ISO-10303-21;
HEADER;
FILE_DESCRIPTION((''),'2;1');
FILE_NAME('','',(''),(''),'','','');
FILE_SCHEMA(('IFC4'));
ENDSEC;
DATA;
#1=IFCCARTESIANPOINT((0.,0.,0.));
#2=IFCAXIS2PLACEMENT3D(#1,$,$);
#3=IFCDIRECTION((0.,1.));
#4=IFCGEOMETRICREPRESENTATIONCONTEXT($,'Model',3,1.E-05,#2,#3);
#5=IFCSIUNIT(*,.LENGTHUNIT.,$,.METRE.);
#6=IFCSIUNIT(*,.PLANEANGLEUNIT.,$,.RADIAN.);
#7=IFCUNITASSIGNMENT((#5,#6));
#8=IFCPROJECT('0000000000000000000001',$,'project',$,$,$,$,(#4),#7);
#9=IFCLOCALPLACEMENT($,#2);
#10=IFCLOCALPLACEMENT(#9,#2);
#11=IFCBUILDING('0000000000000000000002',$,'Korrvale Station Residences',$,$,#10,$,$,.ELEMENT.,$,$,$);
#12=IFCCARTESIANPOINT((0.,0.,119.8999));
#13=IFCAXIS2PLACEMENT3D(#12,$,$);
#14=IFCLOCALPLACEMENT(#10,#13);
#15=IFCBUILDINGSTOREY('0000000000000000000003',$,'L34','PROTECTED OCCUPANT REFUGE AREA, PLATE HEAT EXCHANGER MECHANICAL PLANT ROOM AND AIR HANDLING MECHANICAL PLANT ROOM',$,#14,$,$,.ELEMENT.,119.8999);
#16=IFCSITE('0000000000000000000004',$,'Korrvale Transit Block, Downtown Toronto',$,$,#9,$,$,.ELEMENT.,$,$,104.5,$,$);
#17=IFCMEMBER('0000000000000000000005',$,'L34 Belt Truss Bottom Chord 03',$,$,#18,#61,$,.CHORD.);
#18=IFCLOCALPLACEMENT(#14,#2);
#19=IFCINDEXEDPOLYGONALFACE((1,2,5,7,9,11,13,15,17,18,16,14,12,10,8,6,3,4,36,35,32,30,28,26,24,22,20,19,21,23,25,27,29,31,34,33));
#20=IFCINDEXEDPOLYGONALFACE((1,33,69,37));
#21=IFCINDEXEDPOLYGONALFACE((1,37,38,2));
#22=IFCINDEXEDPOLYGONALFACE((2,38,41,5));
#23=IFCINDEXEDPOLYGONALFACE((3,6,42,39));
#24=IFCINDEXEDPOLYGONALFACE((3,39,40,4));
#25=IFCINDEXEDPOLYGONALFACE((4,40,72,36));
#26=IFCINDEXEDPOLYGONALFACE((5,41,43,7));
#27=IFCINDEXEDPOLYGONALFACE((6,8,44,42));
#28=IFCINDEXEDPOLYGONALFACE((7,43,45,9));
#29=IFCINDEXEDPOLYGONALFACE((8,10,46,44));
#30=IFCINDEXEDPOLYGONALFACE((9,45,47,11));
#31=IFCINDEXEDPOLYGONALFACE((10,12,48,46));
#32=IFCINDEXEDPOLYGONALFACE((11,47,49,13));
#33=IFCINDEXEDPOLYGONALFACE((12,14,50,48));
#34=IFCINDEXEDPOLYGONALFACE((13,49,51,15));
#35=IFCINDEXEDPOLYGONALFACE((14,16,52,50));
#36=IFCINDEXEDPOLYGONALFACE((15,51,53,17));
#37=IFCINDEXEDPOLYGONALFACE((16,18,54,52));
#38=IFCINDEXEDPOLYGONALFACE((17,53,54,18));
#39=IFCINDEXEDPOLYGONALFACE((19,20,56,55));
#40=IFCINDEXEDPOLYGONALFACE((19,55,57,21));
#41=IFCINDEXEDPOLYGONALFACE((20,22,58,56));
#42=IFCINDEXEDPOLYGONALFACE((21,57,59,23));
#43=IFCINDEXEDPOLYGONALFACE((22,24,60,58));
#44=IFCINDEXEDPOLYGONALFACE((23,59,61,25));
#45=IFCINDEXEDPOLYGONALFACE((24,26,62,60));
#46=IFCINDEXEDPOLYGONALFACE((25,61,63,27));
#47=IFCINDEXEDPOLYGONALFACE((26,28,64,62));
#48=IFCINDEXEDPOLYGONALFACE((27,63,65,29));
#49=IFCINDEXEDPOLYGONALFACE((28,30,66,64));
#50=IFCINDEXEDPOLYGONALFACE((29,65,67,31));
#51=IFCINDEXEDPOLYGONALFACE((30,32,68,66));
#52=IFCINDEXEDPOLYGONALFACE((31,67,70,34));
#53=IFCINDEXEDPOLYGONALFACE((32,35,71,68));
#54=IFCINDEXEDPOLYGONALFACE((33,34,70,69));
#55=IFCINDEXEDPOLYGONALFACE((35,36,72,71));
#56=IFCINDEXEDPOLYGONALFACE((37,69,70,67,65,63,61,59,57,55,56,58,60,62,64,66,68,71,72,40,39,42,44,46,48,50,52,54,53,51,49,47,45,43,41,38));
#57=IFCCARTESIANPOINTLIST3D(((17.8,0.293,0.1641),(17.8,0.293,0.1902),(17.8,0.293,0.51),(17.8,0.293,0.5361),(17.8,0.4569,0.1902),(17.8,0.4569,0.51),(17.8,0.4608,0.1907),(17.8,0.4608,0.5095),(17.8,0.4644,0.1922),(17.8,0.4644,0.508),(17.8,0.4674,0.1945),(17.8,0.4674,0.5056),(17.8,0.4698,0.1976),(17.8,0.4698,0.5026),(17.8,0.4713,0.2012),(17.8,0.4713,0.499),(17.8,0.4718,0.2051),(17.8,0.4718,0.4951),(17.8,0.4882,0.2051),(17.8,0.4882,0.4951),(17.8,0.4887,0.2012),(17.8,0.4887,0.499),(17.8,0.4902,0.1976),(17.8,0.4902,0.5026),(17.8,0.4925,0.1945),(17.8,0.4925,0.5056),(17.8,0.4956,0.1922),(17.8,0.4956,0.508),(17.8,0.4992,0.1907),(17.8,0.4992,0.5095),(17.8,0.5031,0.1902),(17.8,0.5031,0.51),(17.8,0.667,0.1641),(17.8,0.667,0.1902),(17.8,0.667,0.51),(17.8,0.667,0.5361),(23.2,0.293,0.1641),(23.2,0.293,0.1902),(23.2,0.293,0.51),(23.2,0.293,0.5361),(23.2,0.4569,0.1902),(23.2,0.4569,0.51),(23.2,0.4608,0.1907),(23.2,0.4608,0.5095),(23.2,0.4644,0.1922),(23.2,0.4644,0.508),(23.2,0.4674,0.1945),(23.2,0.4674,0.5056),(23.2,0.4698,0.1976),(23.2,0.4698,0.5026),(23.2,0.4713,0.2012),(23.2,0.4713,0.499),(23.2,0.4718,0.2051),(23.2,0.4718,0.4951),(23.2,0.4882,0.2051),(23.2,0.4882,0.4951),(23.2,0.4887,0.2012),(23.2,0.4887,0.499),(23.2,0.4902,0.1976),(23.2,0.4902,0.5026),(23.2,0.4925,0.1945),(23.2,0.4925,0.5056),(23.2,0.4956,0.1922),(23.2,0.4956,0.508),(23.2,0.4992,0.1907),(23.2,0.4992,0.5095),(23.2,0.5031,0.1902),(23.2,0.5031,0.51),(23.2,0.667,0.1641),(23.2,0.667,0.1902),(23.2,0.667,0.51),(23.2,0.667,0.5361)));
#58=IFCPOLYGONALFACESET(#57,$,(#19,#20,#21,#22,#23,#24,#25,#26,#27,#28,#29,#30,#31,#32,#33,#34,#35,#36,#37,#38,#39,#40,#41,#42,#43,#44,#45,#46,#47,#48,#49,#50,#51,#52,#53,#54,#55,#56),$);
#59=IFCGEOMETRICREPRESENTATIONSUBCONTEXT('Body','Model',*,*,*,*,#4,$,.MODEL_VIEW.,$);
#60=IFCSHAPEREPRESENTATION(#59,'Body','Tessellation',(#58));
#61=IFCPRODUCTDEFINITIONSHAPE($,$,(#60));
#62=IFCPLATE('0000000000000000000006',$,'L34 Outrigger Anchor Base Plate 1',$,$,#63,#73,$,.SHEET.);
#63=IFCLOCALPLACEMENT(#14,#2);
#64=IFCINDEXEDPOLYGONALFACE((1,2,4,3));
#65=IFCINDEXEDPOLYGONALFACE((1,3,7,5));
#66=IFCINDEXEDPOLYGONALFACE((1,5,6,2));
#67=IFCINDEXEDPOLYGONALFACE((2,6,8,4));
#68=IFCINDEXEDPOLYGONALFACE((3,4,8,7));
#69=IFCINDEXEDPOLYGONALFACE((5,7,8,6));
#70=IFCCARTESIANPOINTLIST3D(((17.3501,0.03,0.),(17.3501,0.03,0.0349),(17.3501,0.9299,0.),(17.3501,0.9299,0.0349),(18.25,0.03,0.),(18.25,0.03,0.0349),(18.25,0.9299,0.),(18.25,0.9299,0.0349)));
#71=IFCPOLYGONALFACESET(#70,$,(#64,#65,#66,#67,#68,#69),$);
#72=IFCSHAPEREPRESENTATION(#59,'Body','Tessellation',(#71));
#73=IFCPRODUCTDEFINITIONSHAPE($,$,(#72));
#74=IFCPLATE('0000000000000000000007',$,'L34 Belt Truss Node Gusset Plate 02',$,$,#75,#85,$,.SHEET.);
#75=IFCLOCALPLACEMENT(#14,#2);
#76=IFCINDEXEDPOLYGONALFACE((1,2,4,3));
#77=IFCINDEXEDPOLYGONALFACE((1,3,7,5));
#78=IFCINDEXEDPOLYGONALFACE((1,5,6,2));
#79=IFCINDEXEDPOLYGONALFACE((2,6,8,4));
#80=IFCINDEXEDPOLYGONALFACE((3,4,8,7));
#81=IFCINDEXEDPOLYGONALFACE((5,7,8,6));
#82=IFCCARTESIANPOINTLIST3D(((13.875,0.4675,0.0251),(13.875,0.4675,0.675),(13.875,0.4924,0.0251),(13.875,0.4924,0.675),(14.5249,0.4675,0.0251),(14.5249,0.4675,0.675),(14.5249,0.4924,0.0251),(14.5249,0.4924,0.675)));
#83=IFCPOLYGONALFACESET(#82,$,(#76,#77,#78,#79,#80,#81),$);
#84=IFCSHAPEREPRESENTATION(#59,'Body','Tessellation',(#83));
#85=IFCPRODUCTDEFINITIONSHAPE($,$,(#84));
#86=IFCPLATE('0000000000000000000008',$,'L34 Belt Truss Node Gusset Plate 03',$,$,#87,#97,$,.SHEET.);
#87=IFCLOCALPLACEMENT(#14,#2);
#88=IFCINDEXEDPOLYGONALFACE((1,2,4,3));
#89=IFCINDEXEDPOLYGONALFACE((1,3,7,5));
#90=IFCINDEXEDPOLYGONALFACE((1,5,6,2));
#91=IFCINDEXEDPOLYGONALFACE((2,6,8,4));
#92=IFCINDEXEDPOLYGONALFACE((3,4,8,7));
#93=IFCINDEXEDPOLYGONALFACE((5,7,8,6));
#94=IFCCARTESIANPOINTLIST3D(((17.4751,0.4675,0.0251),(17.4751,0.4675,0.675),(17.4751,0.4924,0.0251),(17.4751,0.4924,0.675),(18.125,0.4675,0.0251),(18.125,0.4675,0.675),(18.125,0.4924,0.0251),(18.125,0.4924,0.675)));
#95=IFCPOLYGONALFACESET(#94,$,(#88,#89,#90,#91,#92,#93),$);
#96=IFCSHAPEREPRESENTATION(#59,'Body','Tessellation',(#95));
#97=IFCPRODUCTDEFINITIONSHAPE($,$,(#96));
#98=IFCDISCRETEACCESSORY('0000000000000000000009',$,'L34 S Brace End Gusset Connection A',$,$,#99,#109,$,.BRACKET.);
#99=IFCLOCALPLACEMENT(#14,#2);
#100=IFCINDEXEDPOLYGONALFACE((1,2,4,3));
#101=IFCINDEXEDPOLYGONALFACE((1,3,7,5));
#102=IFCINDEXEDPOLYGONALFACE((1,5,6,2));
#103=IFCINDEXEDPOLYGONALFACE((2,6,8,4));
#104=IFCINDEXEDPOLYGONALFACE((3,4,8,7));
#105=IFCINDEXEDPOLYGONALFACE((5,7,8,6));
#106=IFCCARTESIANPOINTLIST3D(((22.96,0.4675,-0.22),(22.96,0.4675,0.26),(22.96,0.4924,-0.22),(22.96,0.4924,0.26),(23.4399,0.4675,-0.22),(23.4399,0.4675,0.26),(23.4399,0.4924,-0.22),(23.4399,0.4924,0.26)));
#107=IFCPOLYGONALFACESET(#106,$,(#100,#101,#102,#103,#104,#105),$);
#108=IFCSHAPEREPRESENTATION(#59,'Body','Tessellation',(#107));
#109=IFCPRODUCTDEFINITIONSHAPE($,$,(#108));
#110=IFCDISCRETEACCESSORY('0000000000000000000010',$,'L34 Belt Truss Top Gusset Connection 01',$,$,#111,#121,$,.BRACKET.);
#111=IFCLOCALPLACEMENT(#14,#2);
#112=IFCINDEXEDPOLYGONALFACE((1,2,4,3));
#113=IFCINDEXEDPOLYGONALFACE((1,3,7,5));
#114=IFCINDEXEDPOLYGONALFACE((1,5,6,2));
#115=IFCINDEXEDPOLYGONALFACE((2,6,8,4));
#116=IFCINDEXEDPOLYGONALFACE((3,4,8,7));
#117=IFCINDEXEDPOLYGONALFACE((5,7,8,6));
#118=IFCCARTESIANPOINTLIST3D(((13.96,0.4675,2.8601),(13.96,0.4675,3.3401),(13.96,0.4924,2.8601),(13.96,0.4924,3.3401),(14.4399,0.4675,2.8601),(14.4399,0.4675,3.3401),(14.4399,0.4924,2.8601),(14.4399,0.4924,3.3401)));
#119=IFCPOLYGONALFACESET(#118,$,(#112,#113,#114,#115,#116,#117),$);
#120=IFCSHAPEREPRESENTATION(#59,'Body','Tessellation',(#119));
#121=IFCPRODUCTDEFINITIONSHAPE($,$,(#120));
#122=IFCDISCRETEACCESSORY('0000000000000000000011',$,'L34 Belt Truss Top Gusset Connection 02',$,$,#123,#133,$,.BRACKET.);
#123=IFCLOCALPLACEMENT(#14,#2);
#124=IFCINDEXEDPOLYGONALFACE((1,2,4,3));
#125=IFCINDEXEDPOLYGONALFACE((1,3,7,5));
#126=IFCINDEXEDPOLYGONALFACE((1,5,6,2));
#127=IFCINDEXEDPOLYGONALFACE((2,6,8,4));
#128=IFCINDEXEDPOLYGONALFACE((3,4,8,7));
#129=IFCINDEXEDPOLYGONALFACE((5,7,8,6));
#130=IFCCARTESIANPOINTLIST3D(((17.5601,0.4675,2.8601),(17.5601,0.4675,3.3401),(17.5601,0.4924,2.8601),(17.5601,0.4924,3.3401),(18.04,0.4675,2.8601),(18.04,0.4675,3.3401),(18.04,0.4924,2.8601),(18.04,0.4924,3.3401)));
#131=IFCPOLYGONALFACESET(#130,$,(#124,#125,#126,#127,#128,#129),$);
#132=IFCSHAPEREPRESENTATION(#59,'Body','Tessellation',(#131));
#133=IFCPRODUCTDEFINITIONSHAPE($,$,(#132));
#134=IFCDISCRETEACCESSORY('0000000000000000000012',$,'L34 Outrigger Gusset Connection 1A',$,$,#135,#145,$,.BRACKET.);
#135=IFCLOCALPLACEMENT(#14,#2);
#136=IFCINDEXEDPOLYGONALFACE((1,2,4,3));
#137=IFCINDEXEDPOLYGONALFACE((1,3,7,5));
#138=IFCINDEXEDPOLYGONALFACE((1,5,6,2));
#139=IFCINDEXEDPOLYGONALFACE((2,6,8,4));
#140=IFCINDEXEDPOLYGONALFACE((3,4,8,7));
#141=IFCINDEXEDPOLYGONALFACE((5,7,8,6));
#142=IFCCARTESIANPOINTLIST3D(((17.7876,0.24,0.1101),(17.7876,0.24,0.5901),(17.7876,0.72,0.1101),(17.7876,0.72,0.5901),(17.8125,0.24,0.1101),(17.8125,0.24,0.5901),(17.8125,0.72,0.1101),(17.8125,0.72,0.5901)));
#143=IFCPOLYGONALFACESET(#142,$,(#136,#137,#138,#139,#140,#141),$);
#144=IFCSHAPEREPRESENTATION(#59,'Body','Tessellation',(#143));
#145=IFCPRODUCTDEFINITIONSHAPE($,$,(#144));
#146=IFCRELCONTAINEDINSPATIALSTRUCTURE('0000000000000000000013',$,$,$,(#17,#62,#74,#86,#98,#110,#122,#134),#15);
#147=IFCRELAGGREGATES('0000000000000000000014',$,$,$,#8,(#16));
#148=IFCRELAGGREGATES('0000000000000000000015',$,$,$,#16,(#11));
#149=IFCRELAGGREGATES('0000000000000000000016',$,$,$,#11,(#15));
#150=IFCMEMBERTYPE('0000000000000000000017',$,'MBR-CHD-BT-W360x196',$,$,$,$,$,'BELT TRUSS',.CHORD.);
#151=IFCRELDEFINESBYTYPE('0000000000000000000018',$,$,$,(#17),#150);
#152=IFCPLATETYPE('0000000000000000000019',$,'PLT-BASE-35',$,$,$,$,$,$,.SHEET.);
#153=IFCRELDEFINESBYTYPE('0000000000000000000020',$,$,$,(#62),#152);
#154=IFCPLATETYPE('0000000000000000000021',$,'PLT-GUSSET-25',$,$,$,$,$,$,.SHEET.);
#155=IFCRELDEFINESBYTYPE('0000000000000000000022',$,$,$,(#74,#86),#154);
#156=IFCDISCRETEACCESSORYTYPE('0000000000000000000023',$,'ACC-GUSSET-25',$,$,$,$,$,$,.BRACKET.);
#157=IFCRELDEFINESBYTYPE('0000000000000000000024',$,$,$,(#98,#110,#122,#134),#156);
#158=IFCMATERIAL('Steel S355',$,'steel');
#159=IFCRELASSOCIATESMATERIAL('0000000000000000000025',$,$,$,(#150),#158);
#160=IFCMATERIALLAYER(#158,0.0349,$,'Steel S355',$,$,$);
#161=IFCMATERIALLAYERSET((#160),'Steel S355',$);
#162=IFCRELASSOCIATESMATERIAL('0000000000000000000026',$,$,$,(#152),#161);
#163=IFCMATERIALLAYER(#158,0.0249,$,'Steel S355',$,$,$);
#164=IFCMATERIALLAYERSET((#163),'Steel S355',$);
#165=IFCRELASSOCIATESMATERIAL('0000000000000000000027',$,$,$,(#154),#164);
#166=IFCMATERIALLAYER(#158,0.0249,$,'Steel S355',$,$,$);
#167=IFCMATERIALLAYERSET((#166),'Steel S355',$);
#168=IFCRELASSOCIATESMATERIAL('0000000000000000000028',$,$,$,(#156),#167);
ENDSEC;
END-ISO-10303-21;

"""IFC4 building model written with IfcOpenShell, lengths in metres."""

from ifc_helpers import new_model, si_unit, direction, frame, origin, origin_2d, place, context, subcontext, project, spatial, rectangle, i_section, extrude, material, layer, layer_set, material_profile, profile_set, type_object, element, save


model = new_model("IFC4")

# Units and contexts
model_context = context("Model", 3, precision=1e-05, world=origin(), true_north=direction((0.0, 1.0)))
body_context = subcontext(model_context, "Body", "Model", "MODEL_VIEW")
ifc_project = project(units=[si_unit("LENGTHUNIT", "METRE"), si_unit("PLANEANGLEUNIT", "RADIAN")], contexts=[model_context])

# Site, building, storey
site_placement = place(None, origin())
site = spatial("IfcSite", under=ifc_project, at=site_placement, Name="Korrvale Transit Block, Downtown Toronto", CompositionType="ELEMENT", RefElevation=104.5)
building_placement = place(site_placement, origin())
building = spatial("IfcBuilding", under=site, at=building_placement, Name="Korrvale Station Residences", CompositionType="ELEMENT")
storey_placement = place(building_placement, frame((0.0, 0.0, 119.8999)))
storey = spatial("IfcBuildingStorey", under=building, at=storey_placement, Name="L34", Description="PROTECTED OCCUPANT REFUGE AREA, PLATE HEAT EXCHANGER MECHANICAL PLANT ROOM AND AIR HANDLING MECHANICAL PLANT ROOM", CompositionType="ELEMENT", Elevation=119.8999)

# Member
ifc_material_1 = material(Name="Steel S355", Category="steel")
ifc_material_profile_1 = material_profile(ifc_material_1, i_section(OverallWidth=0.374, OverallDepth=0.3721, WebThickness=0.0164, FlangeThickness=0.0261, FilletRadius=0.0149, at=origin_2d()), Name="W360x196")
ifc_profile_set_1 = profile_set([ifc_material_profile_1], Name="Steel S355")
member_type_1 = type_object("IfcMemberType", Name="MBR-CHD-BT-W360x196", ElementType="BELT TRUSS", PredefinedType="CHORD", material=ifc_profile_set_1)
member_1_placement = place(storey_placement, frame((17.8, 0.48, 0.3501), z_axis=(1.0, 0.0, 0.0), x_axis=(0.0, 1.0, 0.0)))
element("IfcMember", 1, at=member_1_placement, inside=storey, type_object=member_type_1, Name="L34 Belt Truss Bottom Chord 03", PredefinedType="CHORD", context=body_context, shape_type="SweptSolid", body=[
    extrude(i_section(OverallWidth=0.374, OverallDepth=0.3721, WebThickness=0.0164, FlangeThickness=0.0261, FilletRadius=0.0149, at=origin_2d()), origin(), (0.0, 0.0, 1.0), 5.3999),
])

# Plates
ifc_layer_1 = layer(ifc_material_1, 0.0349, Name="Steel S355")
ifc_layer_set_1 = layer_set([ifc_layer_1], Name="Steel S355")
plate_type_1 = type_object("IfcPlateType", Name="PLT-BASE-35", PredefinedType="SHEET", material=ifc_layer_set_1)
plate_placement = place(storey_placement, frame((17.8, 0.48, 0.0), z_axis=(0.0, 0.0, 1.0), x_axis=(1.0, 0.0, 0.0)))
element("IfcPlate", 2, at=plate_placement, inside=storey, type_object=plate_type_1, Name="L34 Outrigger Anchor Base Plate 1", PredefinedType="SHEET", context=body_context, shape_type="SweptSolid", body=[
    extrude(rectangle(XDim=0.8999, YDim=0.8999, at=origin_2d()), origin(), (0.0, 0.0, 1.0), 0.0349),
])
ifc_layer_2 = layer(ifc_material_1, 0.0249, Name="Steel S355")
ifc_layer_set_2 = layer_set([ifc_layer_2], Name="Steel S355")
plate_type_2 = type_object("IfcPlateType", Name="PLT-GUSSET-25", PredefinedType="SHEET", material=ifc_layer_set_2)
for number, where, z_axis, x_axis, name in (
    (3, (14.2, 0.48, 0.0251), (0.0, 0.0, 1.0), (1.0, 0.0, 0.0), "L34 Belt Truss Node Gusset Plate 02"),
    (4, (17.8, 0.48, 0.0251), (0.0, 0.0, 1.0), (1.0, 0.0, 0.0), "L34 Belt Truss Node Gusset Plate 03"),
):
    element("IfcPlate", number, at=place(storey_placement, frame(where, z_axis=z_axis, x_axis=x_axis)), inside=storey, type_object=plate_type_2, Name=name, PredefinedType="SHEET", context=body_context, shape_type="SweptSolid", body=[
        extrude(rectangle(XDim=0.6499, YDim=0.0249, at=origin_2d()), origin(), (0.0, 0.0, 1.0), 0.6499),
    ])

# Discrete accessories
ifc_layer_3 = layer(ifc_material_1, 0.0249, Name="Steel S355")
ifc_layer_set_3 = layer_set([ifc_layer_3], Name="Steel S355")
discrete_accessory_type = type_object("IfcDiscreteAccessoryType", Name="ACC-GUSSET-25", PredefinedType="BRACKET", material=ifc_layer_set_3)
for number, where, z_axis, x_axis, name in (
    (5, (23.2, 0.48, -0.22), (0.0, 0.0, 1.0), (1.0, 0.0, 0.0), "L34 S Brace End Gusset Connection A"),
    (6, (14.2, 0.48, 2.8601), (0.0, 0.0, 1.0), (1.0, 0.0, 0.0), "L34 Belt Truss Top Gusset Connection 01"),
    (7, (17.8, 0.48, 2.8601), (0.0, 0.0, 1.0), (1.0, 0.0, 0.0), "L34 Belt Truss Top Gusset Connection 02"),
    (8, (17.8, 0.48, 0.1101), (0.0, 0.0, 1.0), (0.0, 1.0, 0.0), "L34 Outrigger Gusset Connection 1A"),
):
    element("IfcDiscreteAccessory", number, at=place(storey_placement, frame(where, z_axis=z_axis, x_axis=x_axis)), inside=storey, type_object=discrete_accessory_type, Name=name, PredefinedType="BRACKET", context=body_context, shape_type="SweptSolid", body=[
        extrude(rectangle(XDim=0.48, YDim=0.0249, at=origin_2d()), origin(), (0.0, 0.0, 1.0), 0.48),
    ])

save(model, "model.ifc")
